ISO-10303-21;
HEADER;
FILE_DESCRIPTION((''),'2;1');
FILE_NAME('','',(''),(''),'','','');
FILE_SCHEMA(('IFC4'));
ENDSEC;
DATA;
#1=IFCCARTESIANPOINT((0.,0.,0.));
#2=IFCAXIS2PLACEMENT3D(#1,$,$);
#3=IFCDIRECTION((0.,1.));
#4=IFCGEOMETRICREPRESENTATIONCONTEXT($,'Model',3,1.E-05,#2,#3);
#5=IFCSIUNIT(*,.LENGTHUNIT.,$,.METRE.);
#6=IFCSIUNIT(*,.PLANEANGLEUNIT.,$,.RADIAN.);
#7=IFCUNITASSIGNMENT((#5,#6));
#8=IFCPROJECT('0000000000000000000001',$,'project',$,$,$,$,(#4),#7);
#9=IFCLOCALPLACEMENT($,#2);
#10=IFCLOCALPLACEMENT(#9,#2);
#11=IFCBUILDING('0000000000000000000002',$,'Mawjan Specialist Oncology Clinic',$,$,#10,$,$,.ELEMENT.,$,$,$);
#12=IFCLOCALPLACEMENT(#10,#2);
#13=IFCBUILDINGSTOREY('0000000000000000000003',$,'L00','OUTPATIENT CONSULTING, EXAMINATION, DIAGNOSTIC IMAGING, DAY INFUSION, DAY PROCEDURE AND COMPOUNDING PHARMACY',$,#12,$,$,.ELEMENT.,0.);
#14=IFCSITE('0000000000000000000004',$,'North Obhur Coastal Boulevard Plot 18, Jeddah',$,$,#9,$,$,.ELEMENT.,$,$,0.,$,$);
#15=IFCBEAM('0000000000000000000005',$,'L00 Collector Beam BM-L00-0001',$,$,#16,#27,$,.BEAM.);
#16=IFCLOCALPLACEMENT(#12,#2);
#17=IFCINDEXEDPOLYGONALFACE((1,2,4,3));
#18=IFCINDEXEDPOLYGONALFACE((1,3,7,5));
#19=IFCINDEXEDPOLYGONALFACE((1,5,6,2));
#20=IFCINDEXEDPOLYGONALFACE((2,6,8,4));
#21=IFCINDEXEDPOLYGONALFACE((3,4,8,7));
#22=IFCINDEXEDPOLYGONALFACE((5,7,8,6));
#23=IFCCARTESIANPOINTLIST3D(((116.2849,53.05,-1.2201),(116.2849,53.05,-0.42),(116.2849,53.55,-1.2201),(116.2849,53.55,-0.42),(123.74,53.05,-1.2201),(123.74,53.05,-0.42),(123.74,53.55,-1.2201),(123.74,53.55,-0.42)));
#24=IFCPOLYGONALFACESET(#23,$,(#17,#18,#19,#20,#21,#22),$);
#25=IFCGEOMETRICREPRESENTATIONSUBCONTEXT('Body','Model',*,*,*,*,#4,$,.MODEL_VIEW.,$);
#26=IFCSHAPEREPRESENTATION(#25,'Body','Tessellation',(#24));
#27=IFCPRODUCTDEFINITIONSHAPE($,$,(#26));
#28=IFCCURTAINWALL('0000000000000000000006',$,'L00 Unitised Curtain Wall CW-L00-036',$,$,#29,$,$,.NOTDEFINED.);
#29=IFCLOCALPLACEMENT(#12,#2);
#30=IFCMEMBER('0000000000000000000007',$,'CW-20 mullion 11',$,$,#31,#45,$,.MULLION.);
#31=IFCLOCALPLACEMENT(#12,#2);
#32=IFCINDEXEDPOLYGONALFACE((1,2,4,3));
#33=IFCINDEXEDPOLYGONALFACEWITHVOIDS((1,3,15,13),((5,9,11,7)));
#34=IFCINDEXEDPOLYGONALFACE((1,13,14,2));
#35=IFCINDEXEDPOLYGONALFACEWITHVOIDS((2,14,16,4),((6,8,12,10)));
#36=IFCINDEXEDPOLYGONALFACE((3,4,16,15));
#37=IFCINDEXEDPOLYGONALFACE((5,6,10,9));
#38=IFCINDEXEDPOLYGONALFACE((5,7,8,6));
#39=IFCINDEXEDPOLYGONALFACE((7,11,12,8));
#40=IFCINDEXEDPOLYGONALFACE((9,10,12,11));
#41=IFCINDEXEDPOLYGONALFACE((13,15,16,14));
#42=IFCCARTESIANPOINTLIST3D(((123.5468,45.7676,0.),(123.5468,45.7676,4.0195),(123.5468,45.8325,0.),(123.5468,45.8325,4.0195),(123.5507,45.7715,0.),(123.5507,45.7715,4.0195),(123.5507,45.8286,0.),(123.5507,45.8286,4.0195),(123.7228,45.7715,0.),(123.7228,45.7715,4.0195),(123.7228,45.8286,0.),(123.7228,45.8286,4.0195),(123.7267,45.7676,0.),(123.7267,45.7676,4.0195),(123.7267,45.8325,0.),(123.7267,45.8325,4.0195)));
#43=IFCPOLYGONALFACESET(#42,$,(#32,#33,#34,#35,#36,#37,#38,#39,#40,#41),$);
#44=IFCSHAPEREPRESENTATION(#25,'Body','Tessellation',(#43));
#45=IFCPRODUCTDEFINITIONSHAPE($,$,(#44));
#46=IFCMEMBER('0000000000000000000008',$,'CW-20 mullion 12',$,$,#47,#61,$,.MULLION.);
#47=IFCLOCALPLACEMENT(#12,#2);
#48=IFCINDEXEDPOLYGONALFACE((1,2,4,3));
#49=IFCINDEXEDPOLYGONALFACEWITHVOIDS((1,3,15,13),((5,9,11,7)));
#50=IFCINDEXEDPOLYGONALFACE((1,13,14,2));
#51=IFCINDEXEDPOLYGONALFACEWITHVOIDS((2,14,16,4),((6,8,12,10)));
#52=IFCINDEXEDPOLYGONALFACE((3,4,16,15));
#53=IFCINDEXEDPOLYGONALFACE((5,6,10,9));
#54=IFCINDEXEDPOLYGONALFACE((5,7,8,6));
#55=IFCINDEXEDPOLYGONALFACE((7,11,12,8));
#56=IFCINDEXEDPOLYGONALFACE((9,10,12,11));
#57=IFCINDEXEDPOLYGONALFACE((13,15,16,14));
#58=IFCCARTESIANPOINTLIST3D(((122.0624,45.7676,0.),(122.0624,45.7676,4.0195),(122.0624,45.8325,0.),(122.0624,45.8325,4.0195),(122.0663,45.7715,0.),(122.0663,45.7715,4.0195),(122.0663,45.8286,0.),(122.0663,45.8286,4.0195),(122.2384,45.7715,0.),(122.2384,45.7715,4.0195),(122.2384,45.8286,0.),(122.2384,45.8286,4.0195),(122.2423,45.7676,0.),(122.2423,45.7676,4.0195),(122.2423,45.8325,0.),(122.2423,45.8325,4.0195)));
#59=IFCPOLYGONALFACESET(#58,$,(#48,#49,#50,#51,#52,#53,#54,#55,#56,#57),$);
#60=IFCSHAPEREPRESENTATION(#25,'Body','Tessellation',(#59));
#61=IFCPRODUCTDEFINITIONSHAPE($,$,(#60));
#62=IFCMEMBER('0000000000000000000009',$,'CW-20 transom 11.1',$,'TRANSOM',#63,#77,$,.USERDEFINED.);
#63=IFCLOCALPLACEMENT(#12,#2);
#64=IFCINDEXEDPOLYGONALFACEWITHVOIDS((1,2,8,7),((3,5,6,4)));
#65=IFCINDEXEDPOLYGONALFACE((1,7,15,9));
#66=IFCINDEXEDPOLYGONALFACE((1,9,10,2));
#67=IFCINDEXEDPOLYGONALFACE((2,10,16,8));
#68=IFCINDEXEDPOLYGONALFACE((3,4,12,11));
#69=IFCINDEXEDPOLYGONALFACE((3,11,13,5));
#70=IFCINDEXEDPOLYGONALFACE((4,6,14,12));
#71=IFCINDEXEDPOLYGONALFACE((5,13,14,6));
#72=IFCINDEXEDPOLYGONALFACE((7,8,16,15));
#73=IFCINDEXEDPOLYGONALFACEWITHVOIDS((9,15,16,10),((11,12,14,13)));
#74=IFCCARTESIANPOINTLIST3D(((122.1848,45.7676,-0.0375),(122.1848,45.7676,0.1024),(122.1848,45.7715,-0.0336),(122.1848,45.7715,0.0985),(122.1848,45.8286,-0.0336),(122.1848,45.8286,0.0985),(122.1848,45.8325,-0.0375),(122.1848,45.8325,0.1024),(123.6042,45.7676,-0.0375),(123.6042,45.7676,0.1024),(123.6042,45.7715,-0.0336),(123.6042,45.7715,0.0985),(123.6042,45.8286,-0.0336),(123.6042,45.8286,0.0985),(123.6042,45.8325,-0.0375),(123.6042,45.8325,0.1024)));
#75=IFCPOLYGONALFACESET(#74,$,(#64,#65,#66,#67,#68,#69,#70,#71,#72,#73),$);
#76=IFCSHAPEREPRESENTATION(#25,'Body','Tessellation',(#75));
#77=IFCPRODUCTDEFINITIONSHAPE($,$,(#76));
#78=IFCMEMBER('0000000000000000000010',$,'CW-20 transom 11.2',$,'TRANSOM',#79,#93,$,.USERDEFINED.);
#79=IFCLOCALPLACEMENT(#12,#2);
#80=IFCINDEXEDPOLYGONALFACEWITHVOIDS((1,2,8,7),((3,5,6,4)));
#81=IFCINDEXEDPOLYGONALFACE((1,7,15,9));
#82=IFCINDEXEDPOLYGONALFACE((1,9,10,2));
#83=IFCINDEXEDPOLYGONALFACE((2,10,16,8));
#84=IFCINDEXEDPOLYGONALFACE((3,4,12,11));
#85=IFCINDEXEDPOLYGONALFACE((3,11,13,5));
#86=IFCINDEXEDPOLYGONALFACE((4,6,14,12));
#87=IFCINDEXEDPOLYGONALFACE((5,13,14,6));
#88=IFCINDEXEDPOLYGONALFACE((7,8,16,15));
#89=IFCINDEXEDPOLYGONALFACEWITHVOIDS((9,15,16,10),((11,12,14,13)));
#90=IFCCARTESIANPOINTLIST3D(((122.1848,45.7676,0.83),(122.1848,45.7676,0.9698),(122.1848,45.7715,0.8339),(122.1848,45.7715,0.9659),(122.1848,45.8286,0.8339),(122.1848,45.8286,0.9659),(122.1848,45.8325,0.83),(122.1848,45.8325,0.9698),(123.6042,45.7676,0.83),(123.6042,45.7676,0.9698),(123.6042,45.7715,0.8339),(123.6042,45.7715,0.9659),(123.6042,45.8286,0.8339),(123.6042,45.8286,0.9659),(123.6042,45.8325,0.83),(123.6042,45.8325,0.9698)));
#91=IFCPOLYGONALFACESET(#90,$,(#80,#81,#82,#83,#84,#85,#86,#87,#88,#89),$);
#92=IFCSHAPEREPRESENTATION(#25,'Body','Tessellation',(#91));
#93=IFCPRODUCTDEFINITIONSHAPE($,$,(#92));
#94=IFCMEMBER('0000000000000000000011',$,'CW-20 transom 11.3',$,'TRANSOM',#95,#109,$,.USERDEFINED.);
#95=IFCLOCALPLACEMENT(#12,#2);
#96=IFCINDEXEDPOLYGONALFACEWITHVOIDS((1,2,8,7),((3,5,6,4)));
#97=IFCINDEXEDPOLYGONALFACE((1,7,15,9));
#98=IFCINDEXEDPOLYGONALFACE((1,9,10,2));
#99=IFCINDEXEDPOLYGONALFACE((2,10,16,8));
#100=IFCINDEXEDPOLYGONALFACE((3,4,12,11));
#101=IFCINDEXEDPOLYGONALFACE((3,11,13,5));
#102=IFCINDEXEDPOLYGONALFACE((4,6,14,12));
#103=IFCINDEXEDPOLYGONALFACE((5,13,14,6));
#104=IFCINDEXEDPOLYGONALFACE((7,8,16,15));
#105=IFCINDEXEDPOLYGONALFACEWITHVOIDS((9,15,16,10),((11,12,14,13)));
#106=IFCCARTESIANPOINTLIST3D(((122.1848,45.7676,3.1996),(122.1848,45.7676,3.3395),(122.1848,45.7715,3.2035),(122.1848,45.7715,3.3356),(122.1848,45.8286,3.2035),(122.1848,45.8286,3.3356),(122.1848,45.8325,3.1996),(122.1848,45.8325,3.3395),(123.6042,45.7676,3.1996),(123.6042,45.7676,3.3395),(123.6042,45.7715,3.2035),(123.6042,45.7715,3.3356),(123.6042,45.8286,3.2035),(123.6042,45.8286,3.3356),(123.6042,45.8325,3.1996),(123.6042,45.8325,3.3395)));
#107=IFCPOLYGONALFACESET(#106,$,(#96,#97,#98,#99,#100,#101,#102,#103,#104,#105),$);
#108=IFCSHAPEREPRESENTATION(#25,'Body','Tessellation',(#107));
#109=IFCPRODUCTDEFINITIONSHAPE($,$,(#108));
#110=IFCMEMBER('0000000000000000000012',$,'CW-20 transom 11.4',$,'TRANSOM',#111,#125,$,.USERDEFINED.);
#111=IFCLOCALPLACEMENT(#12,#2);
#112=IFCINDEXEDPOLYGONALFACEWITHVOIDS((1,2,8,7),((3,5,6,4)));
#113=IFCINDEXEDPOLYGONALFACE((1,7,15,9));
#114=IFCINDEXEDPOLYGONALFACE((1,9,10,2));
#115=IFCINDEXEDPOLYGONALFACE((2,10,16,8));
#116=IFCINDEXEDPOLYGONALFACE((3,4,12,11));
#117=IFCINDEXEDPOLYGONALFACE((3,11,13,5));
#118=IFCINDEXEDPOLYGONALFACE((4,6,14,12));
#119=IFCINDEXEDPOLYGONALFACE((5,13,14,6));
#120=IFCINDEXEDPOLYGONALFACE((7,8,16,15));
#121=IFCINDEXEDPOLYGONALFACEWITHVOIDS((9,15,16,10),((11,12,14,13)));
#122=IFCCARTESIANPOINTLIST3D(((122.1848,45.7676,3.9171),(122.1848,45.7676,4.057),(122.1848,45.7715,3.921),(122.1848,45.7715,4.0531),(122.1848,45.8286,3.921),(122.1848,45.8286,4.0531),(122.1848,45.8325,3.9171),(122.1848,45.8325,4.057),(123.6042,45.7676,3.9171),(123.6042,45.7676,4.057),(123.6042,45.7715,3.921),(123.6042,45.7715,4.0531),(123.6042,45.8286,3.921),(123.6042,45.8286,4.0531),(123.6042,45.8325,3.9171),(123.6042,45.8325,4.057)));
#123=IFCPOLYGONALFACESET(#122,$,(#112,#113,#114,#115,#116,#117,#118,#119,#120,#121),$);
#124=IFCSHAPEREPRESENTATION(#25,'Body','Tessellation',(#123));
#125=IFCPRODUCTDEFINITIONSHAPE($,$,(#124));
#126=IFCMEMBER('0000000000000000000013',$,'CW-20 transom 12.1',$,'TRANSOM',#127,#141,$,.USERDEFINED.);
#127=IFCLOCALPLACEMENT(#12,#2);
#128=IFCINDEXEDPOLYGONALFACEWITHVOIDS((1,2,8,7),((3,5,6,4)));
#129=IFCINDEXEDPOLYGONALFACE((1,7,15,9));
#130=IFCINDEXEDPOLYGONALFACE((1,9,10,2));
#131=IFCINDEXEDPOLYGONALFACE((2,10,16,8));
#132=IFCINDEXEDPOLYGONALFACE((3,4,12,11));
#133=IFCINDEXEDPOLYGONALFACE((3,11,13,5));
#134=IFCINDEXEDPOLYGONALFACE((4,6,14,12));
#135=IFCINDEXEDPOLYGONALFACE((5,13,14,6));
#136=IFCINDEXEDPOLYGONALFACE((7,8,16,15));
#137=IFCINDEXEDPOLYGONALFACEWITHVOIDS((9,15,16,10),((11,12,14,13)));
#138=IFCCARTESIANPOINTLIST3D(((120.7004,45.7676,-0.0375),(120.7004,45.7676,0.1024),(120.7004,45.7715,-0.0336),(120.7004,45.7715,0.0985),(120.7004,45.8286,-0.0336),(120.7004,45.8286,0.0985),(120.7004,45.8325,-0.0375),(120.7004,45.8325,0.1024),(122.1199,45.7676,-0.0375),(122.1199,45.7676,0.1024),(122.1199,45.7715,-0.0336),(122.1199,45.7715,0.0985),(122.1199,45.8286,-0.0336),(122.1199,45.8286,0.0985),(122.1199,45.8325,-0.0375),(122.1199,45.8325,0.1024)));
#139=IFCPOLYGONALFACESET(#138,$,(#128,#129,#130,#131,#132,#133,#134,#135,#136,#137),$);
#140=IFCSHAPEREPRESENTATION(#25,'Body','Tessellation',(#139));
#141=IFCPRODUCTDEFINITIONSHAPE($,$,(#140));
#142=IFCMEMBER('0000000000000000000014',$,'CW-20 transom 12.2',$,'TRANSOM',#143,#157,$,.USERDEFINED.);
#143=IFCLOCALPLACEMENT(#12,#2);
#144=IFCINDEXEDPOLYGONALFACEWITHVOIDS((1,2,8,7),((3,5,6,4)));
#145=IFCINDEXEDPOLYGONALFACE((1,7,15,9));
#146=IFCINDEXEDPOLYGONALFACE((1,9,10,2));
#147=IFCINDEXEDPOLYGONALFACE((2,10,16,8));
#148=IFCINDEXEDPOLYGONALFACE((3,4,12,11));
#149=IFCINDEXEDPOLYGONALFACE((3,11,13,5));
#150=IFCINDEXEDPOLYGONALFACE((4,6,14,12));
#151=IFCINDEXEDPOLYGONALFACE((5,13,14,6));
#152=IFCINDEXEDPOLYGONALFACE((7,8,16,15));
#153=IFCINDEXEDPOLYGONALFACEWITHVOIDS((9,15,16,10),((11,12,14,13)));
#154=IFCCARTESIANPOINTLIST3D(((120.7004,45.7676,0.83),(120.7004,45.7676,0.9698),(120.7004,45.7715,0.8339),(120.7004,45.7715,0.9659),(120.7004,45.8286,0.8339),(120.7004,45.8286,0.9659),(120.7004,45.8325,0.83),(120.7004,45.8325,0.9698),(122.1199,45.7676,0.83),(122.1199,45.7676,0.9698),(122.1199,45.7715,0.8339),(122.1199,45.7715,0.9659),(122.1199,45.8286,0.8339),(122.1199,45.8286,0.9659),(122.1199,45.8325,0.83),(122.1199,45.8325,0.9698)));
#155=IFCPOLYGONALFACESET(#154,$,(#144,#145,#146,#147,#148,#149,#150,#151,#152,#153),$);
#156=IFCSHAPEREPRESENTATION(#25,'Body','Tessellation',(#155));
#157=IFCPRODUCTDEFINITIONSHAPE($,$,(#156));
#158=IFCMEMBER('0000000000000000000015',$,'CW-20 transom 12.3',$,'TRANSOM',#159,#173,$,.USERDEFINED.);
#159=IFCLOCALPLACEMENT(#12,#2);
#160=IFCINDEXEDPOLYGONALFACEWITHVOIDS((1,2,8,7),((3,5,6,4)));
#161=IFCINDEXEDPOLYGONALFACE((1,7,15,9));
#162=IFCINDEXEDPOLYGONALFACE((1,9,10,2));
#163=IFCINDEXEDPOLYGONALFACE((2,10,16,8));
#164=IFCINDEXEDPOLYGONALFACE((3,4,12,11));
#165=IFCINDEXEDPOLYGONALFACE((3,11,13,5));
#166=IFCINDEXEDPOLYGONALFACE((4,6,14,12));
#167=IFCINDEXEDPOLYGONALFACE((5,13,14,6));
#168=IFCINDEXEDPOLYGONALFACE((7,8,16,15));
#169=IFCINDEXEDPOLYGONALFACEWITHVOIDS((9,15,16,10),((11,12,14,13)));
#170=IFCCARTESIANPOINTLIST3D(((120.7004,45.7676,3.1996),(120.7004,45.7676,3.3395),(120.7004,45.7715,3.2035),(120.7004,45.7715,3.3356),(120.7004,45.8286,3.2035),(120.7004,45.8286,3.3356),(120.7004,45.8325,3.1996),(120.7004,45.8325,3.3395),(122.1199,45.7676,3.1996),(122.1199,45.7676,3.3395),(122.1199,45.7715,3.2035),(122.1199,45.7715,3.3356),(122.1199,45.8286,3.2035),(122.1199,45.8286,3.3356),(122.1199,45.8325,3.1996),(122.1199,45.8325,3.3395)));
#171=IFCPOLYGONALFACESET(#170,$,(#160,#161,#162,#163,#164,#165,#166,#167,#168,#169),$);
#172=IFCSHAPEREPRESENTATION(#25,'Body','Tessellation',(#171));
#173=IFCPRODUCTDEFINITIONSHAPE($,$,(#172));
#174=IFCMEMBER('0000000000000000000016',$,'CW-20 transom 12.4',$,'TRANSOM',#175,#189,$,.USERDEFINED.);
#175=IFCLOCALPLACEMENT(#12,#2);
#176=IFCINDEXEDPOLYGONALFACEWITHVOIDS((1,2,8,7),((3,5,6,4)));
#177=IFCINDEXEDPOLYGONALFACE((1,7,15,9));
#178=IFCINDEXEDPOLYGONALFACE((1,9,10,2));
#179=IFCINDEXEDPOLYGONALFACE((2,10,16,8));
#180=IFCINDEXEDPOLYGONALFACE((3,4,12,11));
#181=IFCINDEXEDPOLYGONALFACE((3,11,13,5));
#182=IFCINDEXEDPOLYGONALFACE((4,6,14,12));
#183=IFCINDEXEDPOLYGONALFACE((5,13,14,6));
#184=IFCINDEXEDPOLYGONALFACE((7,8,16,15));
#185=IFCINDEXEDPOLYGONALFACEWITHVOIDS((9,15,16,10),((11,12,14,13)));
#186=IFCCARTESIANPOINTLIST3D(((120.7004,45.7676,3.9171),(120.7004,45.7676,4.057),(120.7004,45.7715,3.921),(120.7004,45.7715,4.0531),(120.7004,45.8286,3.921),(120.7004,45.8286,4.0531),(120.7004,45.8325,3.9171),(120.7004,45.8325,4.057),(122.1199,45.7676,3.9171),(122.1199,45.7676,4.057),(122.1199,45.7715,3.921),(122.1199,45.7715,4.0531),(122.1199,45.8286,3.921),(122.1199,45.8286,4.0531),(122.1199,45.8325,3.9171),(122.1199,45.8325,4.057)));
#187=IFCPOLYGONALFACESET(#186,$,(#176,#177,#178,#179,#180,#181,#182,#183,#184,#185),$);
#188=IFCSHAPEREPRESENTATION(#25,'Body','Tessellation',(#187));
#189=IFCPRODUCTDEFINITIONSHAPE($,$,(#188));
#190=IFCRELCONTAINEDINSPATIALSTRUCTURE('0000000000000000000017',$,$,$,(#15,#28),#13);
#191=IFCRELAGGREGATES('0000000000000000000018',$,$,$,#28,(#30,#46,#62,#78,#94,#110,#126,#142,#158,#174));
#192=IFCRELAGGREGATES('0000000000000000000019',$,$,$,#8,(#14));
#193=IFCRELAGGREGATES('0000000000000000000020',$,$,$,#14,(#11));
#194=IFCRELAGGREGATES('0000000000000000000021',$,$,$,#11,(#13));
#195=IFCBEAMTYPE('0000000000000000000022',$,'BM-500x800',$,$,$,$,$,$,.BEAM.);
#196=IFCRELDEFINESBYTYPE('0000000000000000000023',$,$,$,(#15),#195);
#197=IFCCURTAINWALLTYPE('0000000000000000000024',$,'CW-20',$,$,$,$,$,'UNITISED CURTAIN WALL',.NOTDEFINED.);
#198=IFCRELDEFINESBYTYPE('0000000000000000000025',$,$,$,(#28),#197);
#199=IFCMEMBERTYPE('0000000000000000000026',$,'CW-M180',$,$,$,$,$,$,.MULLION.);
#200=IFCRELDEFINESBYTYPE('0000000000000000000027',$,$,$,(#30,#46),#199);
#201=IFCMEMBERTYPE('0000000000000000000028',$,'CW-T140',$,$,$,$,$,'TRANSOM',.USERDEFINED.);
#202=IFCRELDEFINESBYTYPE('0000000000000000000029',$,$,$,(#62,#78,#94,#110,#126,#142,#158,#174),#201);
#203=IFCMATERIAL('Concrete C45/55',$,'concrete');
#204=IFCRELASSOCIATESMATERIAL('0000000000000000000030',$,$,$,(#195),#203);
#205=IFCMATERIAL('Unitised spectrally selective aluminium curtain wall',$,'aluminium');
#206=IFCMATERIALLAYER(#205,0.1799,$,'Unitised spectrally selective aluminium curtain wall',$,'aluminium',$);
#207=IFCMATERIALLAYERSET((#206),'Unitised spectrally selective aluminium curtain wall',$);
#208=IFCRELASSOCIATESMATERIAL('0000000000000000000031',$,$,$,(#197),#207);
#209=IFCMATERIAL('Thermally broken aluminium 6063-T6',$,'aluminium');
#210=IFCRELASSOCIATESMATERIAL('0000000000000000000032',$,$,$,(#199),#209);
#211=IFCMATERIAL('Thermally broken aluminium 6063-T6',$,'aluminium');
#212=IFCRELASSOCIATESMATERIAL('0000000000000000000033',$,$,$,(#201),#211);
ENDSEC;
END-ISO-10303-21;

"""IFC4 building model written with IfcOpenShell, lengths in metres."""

from ifc_helpers import new_model, si_unit, direction, frame, origin, origin_2d, place, context, subcontext, project, spatial, rectangle, hollow_rectangle, extrude, material, layer, layer_set, material_profile, profile_set, type_object, element, aggregate, save


model = new_model("IFC4")

# Units and contexts
model_context = context("Model", 3, precision=1e-05, world=origin(), true_north=direction((0.0, 1.0)))
body_context = subcontext(model_context, "Body", "Model", "MODEL_VIEW")
ifc_project = project(units=[si_unit("LENGTHUNIT", "METRE"), si_unit("PLANEANGLEUNIT", "RADIAN")], contexts=[model_context])

# Site, building, storey
site_placement = place(None, origin())
site = spatial("IfcSite", under=ifc_project, at=site_placement, Name="North Obhur Coastal Boulevard Plot 18, Jeddah", CompositionType="ELEMENT", RefElevation=0.0)
building_placement = place(site_placement, origin())
building = spatial("IfcBuilding", under=site, at=building_placement, Name="Mawjan Specialist Oncology Clinic", CompositionType="ELEMENT")
storey_placement = place(building_placement, origin())
storey = spatial("IfcBuildingStorey", under=building, at=storey_placement, Name="L00", Description="OUTPATIENT CONSULTING, EXAMINATION, DIAGNOSTIC IMAGING, DAY INFUSION, DAY PROCEDURE AND COMPOUNDING PHARMACY", CompositionType="ELEMENT", Elevation=0.0)

# Beam
ifc_material_1 = material(Name="Concrete C45/55", Category="concrete")
ifc_material_profile_1 = material_profile(ifc_material_1, rectangle(XDim=0.5, YDim=0.8, at=origin_2d()), Name="RC BM 500x800", Category="concrete")
ifc_profile_set_1 = profile_set([ifc_material_profile_1], Name="Concrete C45/55")
beam_type = type_object("IfcBeamType", Name="BM-500x800", PredefinedType="BEAM", material=ifc_profile_set_1)
beam_placement = place(storey_placement, frame((116.2849, 53.3, -0.8201), z_axis=(1.0, 0.0, 0.0), x_axis=(0.0, 1.0, 0.0)))
element("IfcBeam", 1, at=beam_placement, inside=storey, type_object=beam_type, Name="L00 Collector Beam BM-L00-0001", PredefinedType="BEAM", context=body_context, shape_type="SweptSolid", body=[
    extrude(rectangle(XDim=0.5, YDim=0.8, at=origin_2d()), origin(), (0.0, 0.0, 1.0), 7.4551),
])

# Curtain wall, members
ifc_material_2 = material(Name="Unitised spectrally selective aluminium curtain wall", Category="aluminium")
ifc_layer_1 = layer(ifc_material_2, 0.1799, Name="Unitised spectrally selective aluminium curtain wall", Category="aluminium")
ifc_layer_set_1 = layer_set([ifc_layer_1], Name="Unitised spectrally selective aluminium curtain wall")
curtain_wall_type_1 = type_object("IfcCurtainWallType", Name="CW-20", ElementType="UNITISED CURTAIN WALL", PredefinedType="NOTDEFINED", material=ifc_layer_set_1)
curtain_wall_1_placement = place(storey_placement, origin())
curtain_wall_1 = element("IfcCurtainWall", 2, at=curtain_wall_1_placement, inside=storey, type_object=curtain_wall_type_1, Name="L00 Unitised Curtain Wall CW-L00-036", PredefinedType="NOTDEFINED")
ifc_material_3 = material(Name="Thermally broken aluminium 6063-T6", Category="aluminium")
ifc_material_profile_2 = material_profile(ifc_material_3, hollow_rectangle(XDim=0.0649, YDim=0.1799, WallThickness=0.0039, at=origin_2d()), Name="ALU MULLION 180x65x4", Category="aluminium")
ifc_profile_set_2 = profile_set([ifc_material_profile_2], Name="Thermally broken aluminium 6063-T6")
member_type_1 = type_object("IfcMemberType", Name="CW-M180", PredefinedType="MULLION", material=ifc_profile_set_2)
member_1_placement = place(storey_placement, frame((123.6367, 45.8, 0.0), z_axis=(0.0, 0.0, 1.0), x_axis=(0.0, -1.0, 0.0)))
member_1 = element("IfcMember", 3, at=member_1_placement, type_object=member_type_1, Name="CW-20 mullion 11", PredefinedType="MULLION", context=body_context, shape_type="SweptSolid", body=[
    extrude(hollow_rectangle(XDim=0.0649, YDim=0.1799, WallThickness=0.0039, at=origin_2d()), origin(), (0.0, 0.0, 1.0), 4.0195),
])
member_2_placement = place(storey_placement, frame((122.1523, 45.8, 0.0), z_axis=(0.0, 0.0, 1.0), x_axis=(0.0, -1.0, 0.0)))
member_2 = element("IfcMember", 4, at=member_2_placement, type_object=member_type_1, Name="CW-20 mullion 12", PredefinedType="MULLION", context=body_context, shape_type="SweptSolid", body=[
    extrude(hollow_rectangle(XDim=0.0649, YDim=0.1799, WallThickness=0.0039, at=origin_2d()), origin(), (0.0, 0.0, 1.0), 4.0195),
])
ifc_material_4 = material(Name="Thermally broken aluminium 6063-T6", Category="aluminium")
ifc_material_profile_3 = material_profile(ifc_material_4, hollow_rectangle(XDim=0.0649, YDim=0.1399, WallThickness=0.0039, at=origin_2d()), Name="ALU TRANSOM 140x65x4", Category="aluminium")
ifc_profile_set_3 = profile_set([ifc_material_profile_3], Name="Thermally broken aluminium 6063-T6")
member_type_2 = type_object("IfcMemberType", Name="CW-T140", ElementType="TRANSOM", PredefinedType="USERDEFINED", material=ifc_profile_set_3)
member_3_placement = place(storey_placement, frame((123.6042, 45.8, 0.0325), z_axis=(-1.0, 0.0, 0.0), x_axis=(0.0, -1.0, 0.0)))
member_3 = element("IfcMember", 5, at=member_3_placement, type_object=member_type_2, Name="CW-20 transom 11.1", ObjectType="TRANSOM", PredefinedType="USERDEFINED", context=body_context, shape_type="SweptSolid", body=[
    extrude(hollow_rectangle(XDim=0.0649, YDim=0.1399, WallThickness=0.0039, at=origin_2d()), origin(), (0.0, 0.0, 1.0), 1.4194),
])
member_4_placement = place(storey_placement, frame((123.6042, 45.8, 0.8999), z_axis=(-1.0, 0.0, 0.0), x_axis=(0.0, -1.0, 0.0)))
member_4 = element("IfcMember", 6, at=member_4_placement, type_object=member_type_2, Name="CW-20 transom 11.2", ObjectType="TRANSOM", PredefinedType="USERDEFINED", context=body_context, shape_type="SweptSolid", body=[
    extrude(hollow_rectangle(XDim=0.0649, YDim=0.1399, WallThickness=0.0039, at=origin_2d()), origin(), (0.0, 0.0, 1.0), 1.4194),
])
member_5_placement = place(storey_placement, frame((123.6042, 45.8, 3.2695), z_axis=(-1.0, 0.0, 0.0), x_axis=(0.0, -1.0, 0.0)))
member_5 = element("IfcMember", 7, at=member_5_placement, type_object=member_type_2, Name="CW-20 transom 11.3", ObjectType="TRANSOM", PredefinedType="USERDEFINED", context=body_context, shape_type="SweptSolid", body=[
    extrude(hollow_rectangle(XDim=0.0649, YDim=0.1399, WallThickness=0.0039, at=origin_2d()), origin(), (0.0, 0.0, 1.0), 1.4194),
])
member_6_placement = place(storey_placement, frame((123.6042, 45.8, 3.9871), z_axis=(-1.0, 0.0, 0.0), x_axis=(0.0, -1.0, 0.0)))
member_6 = element("IfcMember", 8, at=member_6_placement, type_object=member_type_2, Name="CW-20 transom 11.4", ObjectType="TRANSOM", PredefinedType="USERDEFINED", context=body_context, shape_type="SweptSolid", body=[
    extrude(hollow_rectangle(XDim=0.0649, YDim=0.1399, WallThickness=0.0039, at=origin_2d()), origin(), (0.0, 0.0, 1.0), 1.4194),
])
member_7_placement = place(storey_placement, frame((122.1199, 45.8, 0.0325), z_axis=(-1.0, 0.0, 0.0), x_axis=(0.0, -1.0, 0.0)))
member_7 = element("IfcMember", 9, at=member_7_placement, type_object=member_type_2, Name="CW-20 transom 12.1", ObjectType="TRANSOM", PredefinedType="USERDEFINED", context=body_context, shape_type="SweptSolid", body=[
    extrude(hollow_rectangle(XDim=0.0649, YDim=0.1399, WallThickness=0.0039, at=origin_2d()), origin(), (0.0, 0.0, 1.0), 1.4194),
])
member_8_placement = place(storey_placement, frame((122.1199, 45.8, 0.8999), z_axis=(-1.0, 0.0, 0.0), x_axis=(0.0, -1.0, 0.0)))
member_8 = element("IfcMember", 10, at=member_8_placement, type_object=member_type_2, Name="CW-20 transom 12.2", ObjectType="TRANSOM", PredefinedType="USERDEFINED", context=body_context, shape_type="SweptSolid", body=[
    extrude(hollow_rectangle(XDim=0.0649, YDim=0.1399, WallThickness=0.0039, at=origin_2d()), origin(), (0.0, 0.0, 1.0), 1.4194),
])
member_9_placement = place(storey_placement, frame((122.1199, 45.8, 3.2695), z_axis=(-1.0, 0.0, 0.0), x_axis=(0.0, -1.0, 0.0)))
member_9 = element("IfcMember", 11, at=member_9_placement, type_object=member_type_2, Name="CW-20 transom 12.3", ObjectType="TRANSOM", PredefinedType="USERDEFINED", context=body_context, shape_type="SweptSolid", body=[
    extrude(hollow_rectangle(XDim=0.0649, YDim=0.1399, WallThickness=0.0039, at=origin_2d()), origin(), (0.0, 0.0, 1.0), 1.4194),
])
member_10_placement = place(storey_placement, frame((122.1199, 45.8, 3.9871), z_axis=(-1.0, 0.0, 0.0), x_axis=(0.0, -1.0, 0.0)))
member_10 = element("IfcMember", 12, at=member_10_placement, type_object=member_type_2, Name="CW-20 transom 12.4", ObjectType="TRANSOM", PredefinedType="USERDEFINED", context=body_context, shape_type="SweptSolid", body=[
    extrude(hollow_rectangle(XDim=0.0649, YDim=0.1399, WallThickness=0.0039, at=origin_2d()), origin(), (0.0, 0.0, 1.0), 1.4194),
])

aggregate(curtain_wall_1, [member_1, member_2, member_3, member_4, member_5, member_6, member_7, member_8, member_9, member_10])

save(model, "model.ifc")
